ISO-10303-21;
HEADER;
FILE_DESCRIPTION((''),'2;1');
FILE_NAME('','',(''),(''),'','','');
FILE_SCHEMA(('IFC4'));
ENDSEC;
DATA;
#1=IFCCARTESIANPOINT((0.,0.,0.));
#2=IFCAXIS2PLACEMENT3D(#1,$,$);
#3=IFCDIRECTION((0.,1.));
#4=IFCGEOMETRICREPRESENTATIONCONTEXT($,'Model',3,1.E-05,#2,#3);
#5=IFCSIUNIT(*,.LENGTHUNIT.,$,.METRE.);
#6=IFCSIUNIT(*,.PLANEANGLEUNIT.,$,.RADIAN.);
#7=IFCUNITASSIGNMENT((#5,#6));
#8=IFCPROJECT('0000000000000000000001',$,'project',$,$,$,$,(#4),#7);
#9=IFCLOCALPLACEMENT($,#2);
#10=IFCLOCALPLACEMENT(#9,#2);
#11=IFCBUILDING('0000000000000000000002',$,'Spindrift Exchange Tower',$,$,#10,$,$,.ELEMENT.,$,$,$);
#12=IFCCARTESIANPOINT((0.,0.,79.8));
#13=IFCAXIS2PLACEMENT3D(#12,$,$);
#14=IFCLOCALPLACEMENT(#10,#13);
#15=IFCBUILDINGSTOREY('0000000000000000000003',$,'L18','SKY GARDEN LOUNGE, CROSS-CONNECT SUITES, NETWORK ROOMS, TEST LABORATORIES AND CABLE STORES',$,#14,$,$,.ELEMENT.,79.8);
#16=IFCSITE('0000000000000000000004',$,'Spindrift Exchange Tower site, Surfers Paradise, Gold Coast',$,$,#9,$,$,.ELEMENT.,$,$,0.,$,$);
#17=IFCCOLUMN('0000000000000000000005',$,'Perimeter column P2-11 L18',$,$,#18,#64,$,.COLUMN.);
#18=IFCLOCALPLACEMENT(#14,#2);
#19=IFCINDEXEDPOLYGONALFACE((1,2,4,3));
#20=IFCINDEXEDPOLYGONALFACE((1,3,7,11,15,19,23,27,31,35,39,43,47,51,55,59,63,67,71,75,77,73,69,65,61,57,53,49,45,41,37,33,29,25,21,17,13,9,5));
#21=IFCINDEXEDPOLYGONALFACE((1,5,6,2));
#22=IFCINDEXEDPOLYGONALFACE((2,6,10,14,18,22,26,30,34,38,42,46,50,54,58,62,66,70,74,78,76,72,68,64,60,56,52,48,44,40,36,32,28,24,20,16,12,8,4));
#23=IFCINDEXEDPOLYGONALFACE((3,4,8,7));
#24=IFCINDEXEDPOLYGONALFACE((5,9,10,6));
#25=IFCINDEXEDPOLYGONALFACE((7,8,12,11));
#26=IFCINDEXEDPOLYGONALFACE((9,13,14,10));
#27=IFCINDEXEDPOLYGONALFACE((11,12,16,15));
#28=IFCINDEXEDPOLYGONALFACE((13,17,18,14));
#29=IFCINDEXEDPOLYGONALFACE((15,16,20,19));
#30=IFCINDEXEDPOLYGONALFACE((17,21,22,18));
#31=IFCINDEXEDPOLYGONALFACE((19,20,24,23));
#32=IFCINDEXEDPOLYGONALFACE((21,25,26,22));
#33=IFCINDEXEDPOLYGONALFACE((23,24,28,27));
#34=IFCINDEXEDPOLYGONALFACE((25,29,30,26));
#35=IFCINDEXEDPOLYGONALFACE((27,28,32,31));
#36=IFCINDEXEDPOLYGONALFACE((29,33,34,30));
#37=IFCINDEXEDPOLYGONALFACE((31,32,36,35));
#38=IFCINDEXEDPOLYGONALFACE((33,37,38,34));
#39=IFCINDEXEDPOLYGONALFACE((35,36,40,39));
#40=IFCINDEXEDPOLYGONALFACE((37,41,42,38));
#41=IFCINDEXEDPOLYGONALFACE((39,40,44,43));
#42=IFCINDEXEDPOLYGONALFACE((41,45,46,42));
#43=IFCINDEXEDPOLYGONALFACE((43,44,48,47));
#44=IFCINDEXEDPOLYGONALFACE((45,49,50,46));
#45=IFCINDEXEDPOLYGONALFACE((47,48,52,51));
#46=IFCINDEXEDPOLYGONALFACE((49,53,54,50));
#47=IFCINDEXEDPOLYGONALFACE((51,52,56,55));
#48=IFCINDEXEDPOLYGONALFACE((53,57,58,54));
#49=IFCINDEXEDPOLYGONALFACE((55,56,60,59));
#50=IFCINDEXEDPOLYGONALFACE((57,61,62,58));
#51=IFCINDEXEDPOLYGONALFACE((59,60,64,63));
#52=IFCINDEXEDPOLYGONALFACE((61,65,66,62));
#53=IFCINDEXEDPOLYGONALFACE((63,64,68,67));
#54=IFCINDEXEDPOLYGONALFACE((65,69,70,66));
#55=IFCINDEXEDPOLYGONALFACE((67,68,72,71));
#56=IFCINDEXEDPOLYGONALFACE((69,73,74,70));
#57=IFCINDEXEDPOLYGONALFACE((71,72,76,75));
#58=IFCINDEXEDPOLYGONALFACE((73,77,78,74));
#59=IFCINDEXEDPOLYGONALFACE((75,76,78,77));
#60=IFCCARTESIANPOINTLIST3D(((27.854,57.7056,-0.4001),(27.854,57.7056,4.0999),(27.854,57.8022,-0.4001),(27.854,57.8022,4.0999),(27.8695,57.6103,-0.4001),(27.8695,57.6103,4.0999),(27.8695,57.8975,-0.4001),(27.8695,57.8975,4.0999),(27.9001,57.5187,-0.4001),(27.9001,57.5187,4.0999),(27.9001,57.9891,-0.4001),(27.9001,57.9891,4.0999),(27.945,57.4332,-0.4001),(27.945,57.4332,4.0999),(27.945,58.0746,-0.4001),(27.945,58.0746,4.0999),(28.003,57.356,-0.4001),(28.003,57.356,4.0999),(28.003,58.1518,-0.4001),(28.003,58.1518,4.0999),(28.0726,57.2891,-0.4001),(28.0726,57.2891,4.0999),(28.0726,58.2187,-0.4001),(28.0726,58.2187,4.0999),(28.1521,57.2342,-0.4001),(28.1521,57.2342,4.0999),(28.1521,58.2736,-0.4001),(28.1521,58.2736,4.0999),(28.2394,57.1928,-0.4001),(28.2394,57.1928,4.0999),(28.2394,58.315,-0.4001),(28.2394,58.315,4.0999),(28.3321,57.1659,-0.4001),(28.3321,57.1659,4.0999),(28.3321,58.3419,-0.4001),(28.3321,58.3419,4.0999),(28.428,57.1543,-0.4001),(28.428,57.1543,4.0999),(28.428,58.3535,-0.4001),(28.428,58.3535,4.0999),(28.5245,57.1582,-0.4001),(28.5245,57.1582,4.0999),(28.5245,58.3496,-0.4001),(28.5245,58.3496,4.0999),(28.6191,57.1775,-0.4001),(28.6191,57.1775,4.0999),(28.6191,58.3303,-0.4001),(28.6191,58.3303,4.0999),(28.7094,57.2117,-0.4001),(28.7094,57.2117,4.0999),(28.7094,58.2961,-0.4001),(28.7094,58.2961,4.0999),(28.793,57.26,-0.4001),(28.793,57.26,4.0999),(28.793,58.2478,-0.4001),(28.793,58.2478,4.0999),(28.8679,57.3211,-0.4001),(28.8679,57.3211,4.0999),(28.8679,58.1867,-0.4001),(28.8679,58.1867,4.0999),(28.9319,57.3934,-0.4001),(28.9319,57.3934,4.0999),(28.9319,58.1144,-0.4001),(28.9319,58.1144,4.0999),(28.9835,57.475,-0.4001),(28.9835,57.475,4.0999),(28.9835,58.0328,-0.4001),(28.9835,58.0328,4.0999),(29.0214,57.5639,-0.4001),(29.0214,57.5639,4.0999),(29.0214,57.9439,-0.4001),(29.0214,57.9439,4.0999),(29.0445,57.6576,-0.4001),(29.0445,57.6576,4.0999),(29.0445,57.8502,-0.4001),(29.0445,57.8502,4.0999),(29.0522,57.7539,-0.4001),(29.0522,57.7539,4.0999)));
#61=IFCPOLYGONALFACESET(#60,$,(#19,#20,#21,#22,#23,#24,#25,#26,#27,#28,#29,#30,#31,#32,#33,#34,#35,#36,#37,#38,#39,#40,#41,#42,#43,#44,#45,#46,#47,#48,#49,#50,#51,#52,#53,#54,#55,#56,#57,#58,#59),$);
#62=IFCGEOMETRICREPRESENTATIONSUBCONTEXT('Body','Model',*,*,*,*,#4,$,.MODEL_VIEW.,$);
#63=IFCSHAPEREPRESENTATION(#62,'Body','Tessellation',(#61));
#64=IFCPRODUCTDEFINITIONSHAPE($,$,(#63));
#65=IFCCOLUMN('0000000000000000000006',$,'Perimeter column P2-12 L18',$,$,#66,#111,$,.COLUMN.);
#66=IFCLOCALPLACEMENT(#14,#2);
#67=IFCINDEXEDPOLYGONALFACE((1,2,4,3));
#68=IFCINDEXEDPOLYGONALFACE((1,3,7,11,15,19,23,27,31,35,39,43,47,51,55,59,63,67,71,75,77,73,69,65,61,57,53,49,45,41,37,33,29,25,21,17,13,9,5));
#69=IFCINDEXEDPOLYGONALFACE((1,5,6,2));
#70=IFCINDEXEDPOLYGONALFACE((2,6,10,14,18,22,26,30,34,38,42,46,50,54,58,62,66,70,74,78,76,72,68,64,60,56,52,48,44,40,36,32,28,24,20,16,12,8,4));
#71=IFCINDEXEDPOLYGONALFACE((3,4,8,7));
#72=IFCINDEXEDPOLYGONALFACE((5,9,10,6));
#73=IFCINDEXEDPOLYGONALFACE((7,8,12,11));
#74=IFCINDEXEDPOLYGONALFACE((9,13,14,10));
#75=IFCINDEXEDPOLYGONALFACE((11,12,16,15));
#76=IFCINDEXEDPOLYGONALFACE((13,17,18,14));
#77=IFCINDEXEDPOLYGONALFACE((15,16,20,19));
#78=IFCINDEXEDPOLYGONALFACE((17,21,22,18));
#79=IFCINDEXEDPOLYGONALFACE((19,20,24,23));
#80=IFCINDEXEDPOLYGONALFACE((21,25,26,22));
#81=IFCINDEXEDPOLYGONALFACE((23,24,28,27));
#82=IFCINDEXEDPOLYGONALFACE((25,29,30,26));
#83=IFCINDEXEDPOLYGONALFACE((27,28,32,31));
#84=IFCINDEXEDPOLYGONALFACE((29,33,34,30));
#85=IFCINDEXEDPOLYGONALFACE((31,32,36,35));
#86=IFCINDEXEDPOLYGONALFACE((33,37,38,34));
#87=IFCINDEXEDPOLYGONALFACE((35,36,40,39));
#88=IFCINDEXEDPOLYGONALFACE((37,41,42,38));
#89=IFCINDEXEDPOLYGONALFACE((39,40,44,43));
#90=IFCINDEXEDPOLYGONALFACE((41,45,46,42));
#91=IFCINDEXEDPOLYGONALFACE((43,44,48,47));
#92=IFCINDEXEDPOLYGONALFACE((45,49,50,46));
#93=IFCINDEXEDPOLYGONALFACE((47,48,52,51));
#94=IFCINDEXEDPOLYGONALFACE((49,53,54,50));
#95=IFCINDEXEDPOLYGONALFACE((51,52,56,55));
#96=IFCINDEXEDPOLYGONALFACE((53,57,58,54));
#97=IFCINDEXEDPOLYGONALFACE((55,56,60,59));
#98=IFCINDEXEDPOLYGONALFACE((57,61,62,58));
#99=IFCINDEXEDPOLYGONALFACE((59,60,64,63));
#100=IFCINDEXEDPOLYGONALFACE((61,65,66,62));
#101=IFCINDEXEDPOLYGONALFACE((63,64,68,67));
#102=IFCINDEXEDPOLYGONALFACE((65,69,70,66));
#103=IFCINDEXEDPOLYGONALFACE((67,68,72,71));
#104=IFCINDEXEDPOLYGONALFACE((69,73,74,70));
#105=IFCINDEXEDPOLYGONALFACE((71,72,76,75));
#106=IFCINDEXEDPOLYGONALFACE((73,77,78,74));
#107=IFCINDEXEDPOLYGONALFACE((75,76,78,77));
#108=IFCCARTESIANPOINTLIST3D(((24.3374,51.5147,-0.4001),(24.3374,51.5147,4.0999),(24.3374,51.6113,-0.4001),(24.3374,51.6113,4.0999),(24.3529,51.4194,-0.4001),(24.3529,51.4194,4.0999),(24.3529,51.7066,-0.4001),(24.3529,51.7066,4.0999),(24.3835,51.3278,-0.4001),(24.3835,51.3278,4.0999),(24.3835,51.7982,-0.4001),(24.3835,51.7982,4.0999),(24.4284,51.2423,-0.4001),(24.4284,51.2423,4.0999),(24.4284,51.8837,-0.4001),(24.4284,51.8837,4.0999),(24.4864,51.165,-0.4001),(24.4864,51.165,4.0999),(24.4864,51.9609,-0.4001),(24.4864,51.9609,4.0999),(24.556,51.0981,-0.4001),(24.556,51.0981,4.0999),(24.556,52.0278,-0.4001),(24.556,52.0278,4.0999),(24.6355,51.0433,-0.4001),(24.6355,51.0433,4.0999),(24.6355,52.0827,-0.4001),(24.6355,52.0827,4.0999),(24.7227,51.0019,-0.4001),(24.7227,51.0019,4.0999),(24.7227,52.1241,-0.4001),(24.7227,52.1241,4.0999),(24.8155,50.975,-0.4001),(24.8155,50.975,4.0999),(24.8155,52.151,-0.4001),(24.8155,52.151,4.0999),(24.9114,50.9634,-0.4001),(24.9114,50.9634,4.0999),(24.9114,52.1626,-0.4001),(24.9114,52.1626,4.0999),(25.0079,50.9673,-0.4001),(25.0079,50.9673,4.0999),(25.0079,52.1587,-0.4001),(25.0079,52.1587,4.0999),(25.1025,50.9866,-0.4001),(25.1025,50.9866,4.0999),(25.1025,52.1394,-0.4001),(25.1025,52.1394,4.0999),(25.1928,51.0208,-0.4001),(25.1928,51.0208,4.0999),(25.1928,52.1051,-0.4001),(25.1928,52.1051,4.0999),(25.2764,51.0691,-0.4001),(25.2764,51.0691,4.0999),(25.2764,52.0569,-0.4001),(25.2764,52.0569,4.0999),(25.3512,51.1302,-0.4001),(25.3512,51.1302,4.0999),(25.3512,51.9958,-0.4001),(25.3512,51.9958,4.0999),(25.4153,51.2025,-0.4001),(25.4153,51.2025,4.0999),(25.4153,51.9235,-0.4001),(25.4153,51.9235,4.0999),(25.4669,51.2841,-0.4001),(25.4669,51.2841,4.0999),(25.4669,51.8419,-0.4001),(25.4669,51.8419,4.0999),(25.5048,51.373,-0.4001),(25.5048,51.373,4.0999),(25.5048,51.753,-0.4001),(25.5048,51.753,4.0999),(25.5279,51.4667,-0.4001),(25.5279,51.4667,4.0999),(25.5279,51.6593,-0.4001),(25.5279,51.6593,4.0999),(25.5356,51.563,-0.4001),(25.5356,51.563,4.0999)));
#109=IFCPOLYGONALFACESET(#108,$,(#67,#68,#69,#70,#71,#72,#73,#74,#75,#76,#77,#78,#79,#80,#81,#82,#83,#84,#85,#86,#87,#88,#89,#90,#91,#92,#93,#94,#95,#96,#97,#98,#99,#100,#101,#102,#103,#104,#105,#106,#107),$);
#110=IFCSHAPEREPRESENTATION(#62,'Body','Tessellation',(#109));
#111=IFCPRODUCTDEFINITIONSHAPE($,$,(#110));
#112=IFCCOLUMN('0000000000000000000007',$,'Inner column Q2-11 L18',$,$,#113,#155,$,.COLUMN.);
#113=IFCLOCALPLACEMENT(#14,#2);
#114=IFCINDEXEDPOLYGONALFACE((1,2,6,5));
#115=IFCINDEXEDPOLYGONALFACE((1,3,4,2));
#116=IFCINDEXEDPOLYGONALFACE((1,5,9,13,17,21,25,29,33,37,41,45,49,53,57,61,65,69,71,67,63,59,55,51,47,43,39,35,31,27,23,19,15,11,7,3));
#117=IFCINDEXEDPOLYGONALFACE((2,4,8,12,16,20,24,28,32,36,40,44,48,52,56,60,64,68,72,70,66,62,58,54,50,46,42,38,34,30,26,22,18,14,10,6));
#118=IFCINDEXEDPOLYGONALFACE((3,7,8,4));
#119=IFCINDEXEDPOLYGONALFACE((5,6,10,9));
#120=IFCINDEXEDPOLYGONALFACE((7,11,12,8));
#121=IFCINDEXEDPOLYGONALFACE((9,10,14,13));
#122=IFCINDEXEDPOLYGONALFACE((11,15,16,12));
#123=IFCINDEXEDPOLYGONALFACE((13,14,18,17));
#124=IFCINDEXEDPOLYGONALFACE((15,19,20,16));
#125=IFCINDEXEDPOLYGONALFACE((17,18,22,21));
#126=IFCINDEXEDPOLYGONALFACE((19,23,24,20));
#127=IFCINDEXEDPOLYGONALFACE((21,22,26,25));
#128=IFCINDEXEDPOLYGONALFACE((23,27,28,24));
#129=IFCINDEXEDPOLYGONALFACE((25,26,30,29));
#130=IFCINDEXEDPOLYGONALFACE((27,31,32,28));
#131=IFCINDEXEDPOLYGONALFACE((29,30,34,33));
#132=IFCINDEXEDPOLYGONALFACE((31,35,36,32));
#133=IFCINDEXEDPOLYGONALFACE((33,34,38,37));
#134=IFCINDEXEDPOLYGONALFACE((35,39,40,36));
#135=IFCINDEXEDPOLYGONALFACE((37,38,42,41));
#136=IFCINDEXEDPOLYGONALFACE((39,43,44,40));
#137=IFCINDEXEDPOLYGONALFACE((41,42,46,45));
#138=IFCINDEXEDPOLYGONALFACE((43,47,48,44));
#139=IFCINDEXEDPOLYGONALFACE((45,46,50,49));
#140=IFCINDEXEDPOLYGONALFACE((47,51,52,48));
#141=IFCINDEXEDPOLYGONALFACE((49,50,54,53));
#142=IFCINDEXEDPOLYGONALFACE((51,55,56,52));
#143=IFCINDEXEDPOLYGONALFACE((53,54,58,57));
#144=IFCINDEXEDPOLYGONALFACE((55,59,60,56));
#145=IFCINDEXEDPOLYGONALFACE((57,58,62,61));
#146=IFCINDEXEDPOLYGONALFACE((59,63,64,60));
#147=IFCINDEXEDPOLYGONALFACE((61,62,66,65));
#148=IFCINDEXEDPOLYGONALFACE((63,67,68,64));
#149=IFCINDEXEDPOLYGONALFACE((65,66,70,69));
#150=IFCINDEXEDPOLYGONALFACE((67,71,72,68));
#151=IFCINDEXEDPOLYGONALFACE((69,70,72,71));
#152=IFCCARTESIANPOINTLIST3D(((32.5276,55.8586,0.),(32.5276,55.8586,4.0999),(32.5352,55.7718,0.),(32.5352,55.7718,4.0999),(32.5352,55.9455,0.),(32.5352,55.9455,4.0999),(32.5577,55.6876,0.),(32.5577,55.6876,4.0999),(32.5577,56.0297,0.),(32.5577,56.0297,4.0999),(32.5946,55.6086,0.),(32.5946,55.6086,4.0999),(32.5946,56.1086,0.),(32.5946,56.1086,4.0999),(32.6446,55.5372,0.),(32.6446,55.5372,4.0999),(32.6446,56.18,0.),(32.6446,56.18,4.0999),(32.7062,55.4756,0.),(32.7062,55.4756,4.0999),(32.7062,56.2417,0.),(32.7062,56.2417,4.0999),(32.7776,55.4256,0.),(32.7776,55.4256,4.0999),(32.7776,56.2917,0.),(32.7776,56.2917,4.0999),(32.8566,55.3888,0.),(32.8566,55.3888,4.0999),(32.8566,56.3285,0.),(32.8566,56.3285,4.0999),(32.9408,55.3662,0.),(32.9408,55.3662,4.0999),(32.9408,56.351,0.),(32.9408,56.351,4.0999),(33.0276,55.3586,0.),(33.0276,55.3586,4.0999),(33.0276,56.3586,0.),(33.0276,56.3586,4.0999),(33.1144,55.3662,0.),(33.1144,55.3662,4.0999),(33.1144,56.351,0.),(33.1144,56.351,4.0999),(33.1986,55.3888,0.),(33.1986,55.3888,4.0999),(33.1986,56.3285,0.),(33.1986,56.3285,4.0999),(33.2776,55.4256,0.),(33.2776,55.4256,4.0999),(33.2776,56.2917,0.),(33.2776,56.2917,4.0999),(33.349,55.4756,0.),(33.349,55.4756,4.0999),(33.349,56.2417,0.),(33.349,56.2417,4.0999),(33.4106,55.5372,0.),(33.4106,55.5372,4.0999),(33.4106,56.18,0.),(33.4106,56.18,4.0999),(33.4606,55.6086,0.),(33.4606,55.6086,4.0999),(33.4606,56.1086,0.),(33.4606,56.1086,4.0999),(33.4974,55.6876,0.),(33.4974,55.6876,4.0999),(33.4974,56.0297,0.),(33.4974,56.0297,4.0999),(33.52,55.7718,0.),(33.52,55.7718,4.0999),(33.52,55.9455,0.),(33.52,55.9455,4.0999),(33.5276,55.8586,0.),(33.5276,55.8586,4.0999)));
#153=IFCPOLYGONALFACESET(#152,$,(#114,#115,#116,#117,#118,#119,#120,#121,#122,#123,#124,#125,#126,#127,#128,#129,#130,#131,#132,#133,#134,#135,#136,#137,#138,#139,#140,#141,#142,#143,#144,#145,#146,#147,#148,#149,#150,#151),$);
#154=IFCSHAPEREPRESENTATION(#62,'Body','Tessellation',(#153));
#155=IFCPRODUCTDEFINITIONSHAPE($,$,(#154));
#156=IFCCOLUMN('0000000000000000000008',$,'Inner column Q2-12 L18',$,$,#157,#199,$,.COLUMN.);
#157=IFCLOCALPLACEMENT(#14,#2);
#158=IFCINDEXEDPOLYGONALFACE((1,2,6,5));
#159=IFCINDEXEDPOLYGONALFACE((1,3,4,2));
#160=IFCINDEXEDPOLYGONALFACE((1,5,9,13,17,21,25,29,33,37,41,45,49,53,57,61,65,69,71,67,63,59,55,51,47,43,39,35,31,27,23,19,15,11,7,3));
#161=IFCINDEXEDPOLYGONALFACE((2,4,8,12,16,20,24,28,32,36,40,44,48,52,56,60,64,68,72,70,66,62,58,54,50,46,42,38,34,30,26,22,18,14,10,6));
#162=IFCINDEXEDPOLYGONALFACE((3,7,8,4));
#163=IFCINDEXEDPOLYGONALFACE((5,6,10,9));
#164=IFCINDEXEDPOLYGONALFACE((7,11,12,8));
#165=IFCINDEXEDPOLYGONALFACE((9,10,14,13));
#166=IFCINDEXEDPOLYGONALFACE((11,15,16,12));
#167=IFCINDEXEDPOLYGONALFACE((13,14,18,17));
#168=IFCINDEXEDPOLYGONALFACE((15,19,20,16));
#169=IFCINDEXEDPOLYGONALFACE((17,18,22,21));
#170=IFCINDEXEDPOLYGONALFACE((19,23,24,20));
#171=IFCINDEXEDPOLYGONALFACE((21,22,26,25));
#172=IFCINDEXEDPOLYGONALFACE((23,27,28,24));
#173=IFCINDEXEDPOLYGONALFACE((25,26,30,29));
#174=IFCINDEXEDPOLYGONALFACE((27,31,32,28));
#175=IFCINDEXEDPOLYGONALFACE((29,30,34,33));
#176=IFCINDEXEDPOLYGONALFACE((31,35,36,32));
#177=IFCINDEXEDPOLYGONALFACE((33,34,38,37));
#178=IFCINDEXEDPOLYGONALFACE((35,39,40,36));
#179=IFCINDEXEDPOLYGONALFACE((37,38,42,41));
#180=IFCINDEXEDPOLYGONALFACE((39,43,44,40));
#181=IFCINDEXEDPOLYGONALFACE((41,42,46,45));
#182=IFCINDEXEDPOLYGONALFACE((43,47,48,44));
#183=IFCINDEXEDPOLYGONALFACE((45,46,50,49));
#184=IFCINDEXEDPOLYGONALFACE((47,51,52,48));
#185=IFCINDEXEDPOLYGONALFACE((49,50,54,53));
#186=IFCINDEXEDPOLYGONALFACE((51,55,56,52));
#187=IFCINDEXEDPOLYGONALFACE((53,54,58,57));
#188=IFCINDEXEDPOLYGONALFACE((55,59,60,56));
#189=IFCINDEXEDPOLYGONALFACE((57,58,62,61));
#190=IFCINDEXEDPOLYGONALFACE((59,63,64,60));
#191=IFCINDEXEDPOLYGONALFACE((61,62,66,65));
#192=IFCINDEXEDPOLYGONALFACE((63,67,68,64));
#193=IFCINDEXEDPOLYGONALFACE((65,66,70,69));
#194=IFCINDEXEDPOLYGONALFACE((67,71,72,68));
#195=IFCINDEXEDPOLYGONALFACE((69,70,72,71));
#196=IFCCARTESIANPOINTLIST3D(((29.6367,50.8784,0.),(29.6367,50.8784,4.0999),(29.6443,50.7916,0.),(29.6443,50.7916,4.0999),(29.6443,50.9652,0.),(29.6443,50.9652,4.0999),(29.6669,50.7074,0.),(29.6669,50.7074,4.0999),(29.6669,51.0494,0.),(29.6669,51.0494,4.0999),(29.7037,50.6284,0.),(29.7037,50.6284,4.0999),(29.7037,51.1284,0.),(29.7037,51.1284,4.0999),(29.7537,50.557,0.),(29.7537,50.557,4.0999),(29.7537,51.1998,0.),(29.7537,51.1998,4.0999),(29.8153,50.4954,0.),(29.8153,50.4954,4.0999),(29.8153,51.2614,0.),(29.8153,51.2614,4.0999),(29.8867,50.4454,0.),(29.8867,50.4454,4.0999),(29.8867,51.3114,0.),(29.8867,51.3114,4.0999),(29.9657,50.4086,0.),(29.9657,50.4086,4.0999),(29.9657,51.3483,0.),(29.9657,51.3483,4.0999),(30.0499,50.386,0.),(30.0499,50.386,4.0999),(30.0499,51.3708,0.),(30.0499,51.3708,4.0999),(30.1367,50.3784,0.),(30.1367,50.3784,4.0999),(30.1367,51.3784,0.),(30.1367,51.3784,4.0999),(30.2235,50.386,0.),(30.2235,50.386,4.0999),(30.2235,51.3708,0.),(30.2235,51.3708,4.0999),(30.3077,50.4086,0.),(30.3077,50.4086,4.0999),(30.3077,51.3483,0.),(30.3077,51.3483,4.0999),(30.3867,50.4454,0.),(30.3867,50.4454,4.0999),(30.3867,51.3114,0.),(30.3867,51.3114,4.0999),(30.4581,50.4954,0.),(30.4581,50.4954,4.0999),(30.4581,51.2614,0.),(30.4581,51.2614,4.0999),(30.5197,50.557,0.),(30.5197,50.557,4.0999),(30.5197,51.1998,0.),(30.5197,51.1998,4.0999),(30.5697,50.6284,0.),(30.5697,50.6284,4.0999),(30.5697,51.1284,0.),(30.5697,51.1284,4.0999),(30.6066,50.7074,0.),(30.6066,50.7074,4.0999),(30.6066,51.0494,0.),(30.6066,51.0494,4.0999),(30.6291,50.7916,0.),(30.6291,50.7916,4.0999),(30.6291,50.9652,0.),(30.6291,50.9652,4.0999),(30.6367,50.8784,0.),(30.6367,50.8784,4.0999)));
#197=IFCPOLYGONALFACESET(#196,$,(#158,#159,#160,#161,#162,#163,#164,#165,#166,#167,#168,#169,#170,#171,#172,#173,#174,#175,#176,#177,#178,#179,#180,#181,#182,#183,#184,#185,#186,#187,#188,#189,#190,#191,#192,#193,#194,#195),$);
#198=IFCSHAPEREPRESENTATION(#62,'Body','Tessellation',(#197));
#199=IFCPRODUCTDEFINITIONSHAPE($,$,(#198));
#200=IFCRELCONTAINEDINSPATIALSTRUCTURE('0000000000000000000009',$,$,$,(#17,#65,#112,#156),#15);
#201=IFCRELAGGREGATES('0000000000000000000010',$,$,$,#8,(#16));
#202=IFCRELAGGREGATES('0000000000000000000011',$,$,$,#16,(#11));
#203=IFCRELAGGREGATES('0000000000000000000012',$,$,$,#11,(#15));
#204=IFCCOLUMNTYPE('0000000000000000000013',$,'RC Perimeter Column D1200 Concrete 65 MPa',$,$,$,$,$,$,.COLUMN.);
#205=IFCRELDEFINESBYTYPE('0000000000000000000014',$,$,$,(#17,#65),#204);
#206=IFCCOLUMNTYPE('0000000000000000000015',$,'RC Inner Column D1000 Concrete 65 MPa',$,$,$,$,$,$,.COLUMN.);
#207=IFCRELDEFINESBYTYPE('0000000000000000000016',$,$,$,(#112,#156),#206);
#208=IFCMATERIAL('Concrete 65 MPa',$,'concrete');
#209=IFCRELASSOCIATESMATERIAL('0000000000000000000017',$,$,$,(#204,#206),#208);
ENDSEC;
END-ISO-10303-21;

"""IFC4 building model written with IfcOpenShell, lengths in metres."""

from ifc_helpers import new_model, si_unit, direction, frame, origin, origin_2d, place, context, subcontext, project, spatial, circle, extrude, source, transform, mapped, material, material_profile, profile_set, type_object, element, save


model = new_model("IFC4")

# Units and contexts
model_context = context("Model", 3, precision=1e-05, world=origin(), true_north=direction((0.0, 1.0)))
body_context = subcontext(model_context, "Body", "Model", "MODEL_VIEW")
ifc_project = project(units=[si_unit("LENGTHUNIT", "METRE"), si_unit("PLANEANGLEUNIT", "RADIAN")], contexts=[model_context])

# Site, building, storey
site_placement = place(None, origin())
site = spatial("IfcSite", under=ifc_project, at=site_placement, Name="Spindrift Exchange Tower site, Surfers Paradise, Gold Coast", CompositionType="ELEMENT", RefElevation=0.0)
building_placement = place(site_placement, origin())
building = spatial("IfcBuilding", under=site, at=building_placement, Name="Spindrift Exchange Tower", CompositionType="ELEMENT")
storey_placement = place(building_placement, frame((0.0, 0.0, 79.8)))
storey = spatial("IfcBuildingStorey", under=building, at=storey_placement, Name="L18", Description="SKY GARDEN LOUNGE, CROSS-CONNECT SUITES, NETWORK ROOMS, TEST LABORATORIES AND CABLE STORES", CompositionType="ELEMENT", Elevation=79.8)

# Columns
ifc_material_1 = material(Name="Concrete 65 MPa", Category="concrete")
ifc_material_profile_1 = material_profile(ifc_material_1, circle(Radius=0.6001, at=origin_2d()), Name="RC D1200")
ifc_profile_set_1 = profile_set([ifc_material_profile_1], Name="Concrete 65 MPa")
column_type_1 = type_object("IfcColumnType", Name="RC Perimeter Column D1200 Concrete 65 MPa", PredefinedType="COLUMN", material=ifc_profile_set_1)
shared_shape_1 = source(origin(), body_context, "Body", "SweptSolid", [
    extrude(circle(Radius=0.6001, at=origin_2d()), origin(), (0.0, 0.0, 1.0), 4.5),
])
for number, where, z_axis, x_axis, name in (
    (1, (28.4521, 57.7539, -0.4001), (0.0, 0.0, 1.0), (1.0, 0.0, 0.0), "Perimeter column P2-11 L18"),
    (2, (24.9355, 51.563, -0.4001), (0.0, 0.0, 1.0), (1.0, 0.0, 0.0), "Perimeter column P2-12 L18"),
):
    element("IfcColumn", number, at=place(storey_placement, frame(where, z_axis=z_axis, x_axis=x_axis)), inside=storey, type_object=column_type_1, Name=name, PredefinedType="COLUMN", context=body_context, shape_type="MappedRepresentation", body=[
        mapped(shared_shape_1, transform((0.0, 0.0, 0.0), scale=1.0)),
    ])
ifc_material_profile_2 = material_profile(ifc_material_1, circle(Radius=0.5, at=origin_2d()), Name="RC D1000")
ifc_profile_set_2 = profile_set([ifc_material_profile_2], Name="Concrete 65 MPa")
column_type_2 = type_object("IfcColumnType", Name="RC Inner Column D1000 Concrete 65 MPa", PredefinedType="COLUMN", material=ifc_profile_set_2)
shared_shape_2 = source(origin(), body_context, "Body", "SweptSolid", [
    extrude(circle(Radius=0.5, at=origin_2d()), origin(), (0.0, 0.0, 1.0), 4.0999),
])
for number, where, z_axis, x_axis, name in (
    (3, (33.0276, 55.8586, 0.0), (0.0, 0.0, 1.0), (1.0, 0.0, 0.0), "Inner column Q2-11 L18"),
    (4, (30.1367, 50.8784, 0.0), (0.0, 0.0, 1.0), (1.0, 0.0, 0.0), "Inner column Q2-12 L18"),
):
    element("IfcColumn", number, at=place(storey_placement, frame(where, z_axis=z_axis, x_axis=x_axis)), inside=storey, type_object=column_type_2, Name=name, PredefinedType="COLUMN", context=body_context, shape_type="MappedRepresentation", body=[
        mapped(shared_shape_2, transform((0.0, 0.0, 0.0), scale=1.0)),
    ])

save(model, "model.ifc")
